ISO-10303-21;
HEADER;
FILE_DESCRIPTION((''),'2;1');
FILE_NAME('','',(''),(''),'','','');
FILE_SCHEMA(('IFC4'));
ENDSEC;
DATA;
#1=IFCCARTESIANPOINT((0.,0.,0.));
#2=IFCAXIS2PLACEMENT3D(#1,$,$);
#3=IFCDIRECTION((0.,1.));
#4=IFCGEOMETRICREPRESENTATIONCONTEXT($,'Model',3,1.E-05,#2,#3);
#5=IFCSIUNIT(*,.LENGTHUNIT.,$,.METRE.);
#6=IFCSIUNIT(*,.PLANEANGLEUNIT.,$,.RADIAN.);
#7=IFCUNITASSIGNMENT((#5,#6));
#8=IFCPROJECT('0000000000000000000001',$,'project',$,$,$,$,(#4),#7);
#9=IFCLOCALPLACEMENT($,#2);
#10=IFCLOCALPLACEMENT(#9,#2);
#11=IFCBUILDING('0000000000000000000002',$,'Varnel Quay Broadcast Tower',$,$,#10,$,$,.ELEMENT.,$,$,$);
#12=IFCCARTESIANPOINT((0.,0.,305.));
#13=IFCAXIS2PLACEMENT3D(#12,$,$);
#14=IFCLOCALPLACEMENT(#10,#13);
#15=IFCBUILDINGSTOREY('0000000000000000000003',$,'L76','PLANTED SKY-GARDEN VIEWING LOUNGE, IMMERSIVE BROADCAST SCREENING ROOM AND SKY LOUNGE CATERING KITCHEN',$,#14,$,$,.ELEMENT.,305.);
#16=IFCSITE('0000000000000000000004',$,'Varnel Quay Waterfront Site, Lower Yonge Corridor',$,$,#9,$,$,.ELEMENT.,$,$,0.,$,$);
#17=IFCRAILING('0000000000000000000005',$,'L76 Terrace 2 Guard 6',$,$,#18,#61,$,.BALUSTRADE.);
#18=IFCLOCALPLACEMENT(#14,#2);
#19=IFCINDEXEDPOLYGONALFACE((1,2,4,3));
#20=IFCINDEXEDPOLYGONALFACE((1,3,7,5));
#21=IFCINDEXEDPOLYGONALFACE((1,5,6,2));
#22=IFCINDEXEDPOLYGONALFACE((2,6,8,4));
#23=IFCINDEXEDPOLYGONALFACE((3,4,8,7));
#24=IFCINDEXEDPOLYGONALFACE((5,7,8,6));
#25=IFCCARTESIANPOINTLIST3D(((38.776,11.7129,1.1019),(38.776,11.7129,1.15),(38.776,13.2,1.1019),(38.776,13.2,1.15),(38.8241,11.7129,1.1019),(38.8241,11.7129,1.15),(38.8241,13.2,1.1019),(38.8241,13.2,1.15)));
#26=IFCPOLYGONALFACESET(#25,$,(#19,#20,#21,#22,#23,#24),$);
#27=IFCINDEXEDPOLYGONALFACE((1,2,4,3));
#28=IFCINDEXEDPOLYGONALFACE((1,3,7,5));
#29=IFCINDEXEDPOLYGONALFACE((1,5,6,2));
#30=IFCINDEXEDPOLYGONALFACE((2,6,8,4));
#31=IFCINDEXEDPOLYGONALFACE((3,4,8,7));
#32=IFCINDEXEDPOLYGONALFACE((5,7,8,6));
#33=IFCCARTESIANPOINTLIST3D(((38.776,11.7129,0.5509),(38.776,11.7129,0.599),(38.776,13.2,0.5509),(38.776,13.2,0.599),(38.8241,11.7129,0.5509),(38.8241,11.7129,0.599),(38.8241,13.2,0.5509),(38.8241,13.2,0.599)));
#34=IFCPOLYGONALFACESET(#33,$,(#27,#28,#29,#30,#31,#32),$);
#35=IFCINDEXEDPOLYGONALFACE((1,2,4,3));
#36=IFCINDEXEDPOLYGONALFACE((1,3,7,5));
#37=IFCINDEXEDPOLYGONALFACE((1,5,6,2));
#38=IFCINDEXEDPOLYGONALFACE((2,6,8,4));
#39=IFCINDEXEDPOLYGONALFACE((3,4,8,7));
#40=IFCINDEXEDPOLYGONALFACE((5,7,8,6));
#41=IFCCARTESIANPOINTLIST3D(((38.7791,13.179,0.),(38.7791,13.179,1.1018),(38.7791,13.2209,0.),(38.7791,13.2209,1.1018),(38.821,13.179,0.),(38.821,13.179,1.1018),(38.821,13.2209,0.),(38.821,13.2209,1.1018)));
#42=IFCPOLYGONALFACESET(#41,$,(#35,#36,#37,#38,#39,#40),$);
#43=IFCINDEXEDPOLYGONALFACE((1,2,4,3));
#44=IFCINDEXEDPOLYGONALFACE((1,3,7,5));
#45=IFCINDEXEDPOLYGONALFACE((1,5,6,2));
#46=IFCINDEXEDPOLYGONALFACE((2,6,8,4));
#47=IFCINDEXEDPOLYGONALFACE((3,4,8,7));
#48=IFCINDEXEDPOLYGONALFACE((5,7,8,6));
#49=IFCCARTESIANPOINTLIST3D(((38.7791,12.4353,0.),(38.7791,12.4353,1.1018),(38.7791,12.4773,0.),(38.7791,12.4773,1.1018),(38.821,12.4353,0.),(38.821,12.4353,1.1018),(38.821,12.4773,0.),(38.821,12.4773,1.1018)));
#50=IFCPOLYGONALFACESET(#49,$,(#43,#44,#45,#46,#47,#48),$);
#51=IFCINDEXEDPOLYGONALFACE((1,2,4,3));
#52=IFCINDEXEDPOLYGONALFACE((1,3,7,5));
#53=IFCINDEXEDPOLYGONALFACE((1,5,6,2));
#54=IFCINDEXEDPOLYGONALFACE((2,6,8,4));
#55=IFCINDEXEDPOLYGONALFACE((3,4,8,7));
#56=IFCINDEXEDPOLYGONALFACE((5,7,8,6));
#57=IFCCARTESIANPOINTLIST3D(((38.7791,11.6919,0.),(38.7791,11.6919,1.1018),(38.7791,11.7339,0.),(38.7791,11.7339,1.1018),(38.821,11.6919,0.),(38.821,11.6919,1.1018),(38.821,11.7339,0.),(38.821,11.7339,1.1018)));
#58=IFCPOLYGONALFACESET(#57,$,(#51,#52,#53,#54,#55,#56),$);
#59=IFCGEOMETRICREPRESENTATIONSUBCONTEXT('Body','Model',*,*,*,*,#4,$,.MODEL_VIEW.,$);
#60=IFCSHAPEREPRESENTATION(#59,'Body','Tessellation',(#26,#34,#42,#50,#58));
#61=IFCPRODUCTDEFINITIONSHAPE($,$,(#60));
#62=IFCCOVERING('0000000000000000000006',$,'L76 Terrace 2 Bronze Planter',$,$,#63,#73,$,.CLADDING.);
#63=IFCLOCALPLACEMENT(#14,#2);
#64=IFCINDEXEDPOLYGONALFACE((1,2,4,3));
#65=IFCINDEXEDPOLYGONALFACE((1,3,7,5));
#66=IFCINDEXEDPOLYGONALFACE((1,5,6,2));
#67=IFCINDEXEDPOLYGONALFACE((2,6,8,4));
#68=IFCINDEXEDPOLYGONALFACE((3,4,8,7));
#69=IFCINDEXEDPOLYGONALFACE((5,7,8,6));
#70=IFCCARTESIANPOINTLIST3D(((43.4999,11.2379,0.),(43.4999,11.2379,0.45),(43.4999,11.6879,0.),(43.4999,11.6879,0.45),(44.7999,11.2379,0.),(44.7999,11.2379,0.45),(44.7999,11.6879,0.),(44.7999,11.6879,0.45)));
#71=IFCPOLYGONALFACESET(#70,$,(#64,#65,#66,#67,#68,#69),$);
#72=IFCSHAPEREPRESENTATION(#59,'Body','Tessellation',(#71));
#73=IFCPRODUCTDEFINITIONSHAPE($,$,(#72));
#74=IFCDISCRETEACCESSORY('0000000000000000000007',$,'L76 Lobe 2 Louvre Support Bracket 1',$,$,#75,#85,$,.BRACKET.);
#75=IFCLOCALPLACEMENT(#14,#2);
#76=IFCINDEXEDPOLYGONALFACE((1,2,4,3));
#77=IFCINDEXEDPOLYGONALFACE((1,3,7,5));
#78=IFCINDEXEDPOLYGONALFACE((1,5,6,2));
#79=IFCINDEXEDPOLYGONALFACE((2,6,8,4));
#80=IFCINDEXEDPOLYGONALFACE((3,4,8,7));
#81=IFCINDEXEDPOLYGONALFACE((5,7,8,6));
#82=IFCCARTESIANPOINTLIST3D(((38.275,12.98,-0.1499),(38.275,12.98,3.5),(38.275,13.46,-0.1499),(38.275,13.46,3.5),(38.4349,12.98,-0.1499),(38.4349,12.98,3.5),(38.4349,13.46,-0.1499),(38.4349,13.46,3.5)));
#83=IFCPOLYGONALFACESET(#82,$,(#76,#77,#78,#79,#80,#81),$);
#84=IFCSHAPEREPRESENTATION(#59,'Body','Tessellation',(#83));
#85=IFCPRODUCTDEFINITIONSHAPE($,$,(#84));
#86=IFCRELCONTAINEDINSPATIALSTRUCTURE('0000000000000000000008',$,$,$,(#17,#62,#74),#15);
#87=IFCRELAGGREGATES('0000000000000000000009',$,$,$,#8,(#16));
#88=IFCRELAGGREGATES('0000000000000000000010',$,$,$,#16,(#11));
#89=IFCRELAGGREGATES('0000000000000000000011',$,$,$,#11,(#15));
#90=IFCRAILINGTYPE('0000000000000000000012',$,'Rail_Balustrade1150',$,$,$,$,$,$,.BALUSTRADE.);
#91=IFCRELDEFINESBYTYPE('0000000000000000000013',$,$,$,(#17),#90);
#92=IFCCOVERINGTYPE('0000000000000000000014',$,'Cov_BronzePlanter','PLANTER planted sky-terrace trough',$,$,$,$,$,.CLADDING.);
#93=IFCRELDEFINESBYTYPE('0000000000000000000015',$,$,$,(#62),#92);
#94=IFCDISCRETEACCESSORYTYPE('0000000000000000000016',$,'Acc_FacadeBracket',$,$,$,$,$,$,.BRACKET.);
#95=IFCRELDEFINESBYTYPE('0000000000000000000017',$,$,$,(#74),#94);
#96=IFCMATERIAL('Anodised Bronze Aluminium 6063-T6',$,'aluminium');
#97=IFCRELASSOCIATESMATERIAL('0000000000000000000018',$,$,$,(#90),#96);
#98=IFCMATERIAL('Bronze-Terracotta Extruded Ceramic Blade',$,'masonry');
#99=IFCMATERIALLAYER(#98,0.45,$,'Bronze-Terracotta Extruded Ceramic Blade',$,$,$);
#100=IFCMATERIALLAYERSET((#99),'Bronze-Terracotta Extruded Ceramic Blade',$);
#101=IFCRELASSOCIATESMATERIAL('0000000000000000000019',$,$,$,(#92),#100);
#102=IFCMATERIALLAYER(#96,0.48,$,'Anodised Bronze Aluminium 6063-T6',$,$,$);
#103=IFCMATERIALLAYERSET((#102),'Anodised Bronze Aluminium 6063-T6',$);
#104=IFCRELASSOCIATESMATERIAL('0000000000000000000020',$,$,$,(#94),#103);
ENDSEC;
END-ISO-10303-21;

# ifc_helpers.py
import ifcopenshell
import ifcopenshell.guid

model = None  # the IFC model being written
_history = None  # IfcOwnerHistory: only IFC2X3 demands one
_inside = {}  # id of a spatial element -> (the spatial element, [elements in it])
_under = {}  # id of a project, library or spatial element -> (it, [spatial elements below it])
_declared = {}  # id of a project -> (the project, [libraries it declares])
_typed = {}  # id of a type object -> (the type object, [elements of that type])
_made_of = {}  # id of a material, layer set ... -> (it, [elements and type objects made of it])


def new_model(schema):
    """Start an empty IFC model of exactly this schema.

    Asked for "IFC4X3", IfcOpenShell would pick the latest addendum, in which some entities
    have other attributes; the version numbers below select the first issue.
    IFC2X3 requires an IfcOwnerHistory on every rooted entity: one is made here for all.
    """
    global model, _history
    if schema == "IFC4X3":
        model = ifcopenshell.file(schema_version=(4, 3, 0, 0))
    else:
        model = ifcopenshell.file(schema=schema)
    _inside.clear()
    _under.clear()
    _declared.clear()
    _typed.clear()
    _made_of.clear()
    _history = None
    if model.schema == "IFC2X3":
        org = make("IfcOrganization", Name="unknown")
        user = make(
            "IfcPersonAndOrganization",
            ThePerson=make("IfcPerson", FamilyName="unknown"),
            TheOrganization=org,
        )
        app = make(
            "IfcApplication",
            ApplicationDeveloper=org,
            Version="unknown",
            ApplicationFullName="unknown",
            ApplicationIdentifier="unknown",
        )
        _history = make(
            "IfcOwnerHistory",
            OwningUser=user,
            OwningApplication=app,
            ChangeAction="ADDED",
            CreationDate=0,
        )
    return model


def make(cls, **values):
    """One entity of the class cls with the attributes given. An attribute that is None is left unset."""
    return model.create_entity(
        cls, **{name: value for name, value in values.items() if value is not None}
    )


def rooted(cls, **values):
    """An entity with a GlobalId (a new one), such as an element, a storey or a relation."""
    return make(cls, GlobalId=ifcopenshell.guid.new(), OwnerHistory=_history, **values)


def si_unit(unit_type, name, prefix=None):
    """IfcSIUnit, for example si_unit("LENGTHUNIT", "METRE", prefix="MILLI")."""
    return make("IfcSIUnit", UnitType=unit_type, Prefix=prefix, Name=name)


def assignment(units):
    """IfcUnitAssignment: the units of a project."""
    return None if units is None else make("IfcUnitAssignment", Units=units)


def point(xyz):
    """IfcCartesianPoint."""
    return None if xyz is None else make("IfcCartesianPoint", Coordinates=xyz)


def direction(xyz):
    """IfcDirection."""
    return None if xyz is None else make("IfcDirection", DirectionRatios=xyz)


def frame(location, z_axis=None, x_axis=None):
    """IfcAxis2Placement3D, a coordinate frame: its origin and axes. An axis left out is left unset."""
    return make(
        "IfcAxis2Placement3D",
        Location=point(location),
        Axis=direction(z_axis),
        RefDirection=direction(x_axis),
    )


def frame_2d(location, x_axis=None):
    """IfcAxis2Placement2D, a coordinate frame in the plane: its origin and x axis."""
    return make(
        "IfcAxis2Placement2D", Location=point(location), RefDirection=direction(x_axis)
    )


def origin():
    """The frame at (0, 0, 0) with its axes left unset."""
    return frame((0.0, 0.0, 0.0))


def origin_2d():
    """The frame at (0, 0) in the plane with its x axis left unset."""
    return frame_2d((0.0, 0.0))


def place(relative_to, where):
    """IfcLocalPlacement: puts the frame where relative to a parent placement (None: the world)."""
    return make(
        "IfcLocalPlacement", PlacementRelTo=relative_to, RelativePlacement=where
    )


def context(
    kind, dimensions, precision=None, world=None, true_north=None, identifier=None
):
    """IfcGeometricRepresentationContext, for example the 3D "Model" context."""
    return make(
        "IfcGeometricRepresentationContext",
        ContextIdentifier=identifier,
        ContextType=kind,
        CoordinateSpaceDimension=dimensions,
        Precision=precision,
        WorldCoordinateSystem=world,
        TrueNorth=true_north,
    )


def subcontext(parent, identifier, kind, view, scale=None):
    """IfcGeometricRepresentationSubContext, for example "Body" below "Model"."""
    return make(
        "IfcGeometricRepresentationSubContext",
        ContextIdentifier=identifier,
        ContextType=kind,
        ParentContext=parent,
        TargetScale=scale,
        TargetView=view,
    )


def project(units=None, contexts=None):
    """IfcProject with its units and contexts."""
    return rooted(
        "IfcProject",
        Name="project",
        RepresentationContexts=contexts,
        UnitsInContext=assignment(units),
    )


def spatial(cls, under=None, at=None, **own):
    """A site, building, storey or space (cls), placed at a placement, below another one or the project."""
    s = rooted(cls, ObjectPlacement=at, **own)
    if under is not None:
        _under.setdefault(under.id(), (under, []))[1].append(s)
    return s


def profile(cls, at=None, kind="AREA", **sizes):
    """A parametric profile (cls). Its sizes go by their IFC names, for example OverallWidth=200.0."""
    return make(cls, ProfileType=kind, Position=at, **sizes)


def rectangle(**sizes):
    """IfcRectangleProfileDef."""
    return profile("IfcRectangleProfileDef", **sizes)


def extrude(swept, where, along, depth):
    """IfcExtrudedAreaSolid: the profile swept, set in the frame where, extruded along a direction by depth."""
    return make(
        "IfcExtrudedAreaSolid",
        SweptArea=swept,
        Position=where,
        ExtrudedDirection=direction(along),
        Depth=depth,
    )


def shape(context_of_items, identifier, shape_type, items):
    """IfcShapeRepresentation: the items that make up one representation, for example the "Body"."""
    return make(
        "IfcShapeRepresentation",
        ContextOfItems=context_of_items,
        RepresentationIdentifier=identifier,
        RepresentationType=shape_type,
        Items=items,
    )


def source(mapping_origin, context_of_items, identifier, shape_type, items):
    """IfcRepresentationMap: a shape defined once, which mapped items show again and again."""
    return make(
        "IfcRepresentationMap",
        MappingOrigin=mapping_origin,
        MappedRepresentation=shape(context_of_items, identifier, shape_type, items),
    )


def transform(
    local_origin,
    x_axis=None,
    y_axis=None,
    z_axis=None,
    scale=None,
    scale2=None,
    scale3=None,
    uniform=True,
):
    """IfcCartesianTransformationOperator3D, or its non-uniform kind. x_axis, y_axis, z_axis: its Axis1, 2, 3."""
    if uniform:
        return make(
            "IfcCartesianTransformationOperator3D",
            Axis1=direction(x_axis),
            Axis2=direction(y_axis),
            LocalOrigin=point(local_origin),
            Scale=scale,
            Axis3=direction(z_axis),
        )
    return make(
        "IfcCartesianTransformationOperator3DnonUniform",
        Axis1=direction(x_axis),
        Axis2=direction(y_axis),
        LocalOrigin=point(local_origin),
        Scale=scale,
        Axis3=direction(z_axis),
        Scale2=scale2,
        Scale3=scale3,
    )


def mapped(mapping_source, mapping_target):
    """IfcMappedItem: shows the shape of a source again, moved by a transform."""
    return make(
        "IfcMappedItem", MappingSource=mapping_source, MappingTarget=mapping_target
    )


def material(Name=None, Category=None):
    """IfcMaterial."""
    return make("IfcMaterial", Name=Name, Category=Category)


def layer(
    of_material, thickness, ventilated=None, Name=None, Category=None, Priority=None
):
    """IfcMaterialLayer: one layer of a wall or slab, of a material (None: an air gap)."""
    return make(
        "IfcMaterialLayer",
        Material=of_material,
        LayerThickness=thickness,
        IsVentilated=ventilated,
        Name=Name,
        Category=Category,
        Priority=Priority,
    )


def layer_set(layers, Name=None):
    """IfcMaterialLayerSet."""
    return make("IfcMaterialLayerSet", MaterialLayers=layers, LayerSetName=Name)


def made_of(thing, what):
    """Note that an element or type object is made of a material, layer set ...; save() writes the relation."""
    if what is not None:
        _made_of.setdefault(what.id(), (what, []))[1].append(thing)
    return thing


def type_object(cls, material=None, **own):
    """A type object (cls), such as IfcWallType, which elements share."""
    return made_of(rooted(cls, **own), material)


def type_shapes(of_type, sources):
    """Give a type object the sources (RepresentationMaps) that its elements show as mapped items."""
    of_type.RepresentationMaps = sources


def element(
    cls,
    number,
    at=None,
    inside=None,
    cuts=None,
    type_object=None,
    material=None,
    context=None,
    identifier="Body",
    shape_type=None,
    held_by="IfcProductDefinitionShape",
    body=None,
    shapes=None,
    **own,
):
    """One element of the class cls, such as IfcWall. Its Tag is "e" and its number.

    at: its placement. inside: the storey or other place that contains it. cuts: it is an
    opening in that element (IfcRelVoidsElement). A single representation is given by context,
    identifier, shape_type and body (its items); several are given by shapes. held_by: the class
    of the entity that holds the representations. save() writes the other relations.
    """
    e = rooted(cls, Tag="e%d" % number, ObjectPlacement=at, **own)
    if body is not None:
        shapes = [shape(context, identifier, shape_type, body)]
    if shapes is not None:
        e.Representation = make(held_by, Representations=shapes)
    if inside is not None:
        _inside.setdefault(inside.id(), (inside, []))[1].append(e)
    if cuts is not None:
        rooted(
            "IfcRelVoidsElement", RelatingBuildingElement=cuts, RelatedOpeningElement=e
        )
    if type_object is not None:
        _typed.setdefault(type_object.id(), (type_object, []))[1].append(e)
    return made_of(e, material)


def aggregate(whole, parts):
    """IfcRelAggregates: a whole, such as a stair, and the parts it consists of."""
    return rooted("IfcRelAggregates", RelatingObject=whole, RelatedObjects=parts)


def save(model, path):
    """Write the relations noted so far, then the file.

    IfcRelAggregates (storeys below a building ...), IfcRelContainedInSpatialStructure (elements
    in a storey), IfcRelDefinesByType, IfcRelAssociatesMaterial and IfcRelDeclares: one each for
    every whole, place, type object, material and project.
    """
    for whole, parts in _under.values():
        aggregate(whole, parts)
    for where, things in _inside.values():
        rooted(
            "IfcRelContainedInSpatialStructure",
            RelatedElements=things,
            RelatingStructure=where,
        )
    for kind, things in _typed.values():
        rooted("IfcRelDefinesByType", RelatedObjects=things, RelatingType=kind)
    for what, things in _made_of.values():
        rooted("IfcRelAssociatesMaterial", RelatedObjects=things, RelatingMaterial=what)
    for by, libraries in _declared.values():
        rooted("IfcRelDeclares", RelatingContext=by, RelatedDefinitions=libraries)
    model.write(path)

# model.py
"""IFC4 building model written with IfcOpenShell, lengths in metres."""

from ifc_helpers import new_model, si_unit, direction, frame, origin, origin_2d, place, context, subcontext, project, spatial, rectangle, extrude, source, transform, mapped, material, layer, layer_set, type_object, type_shapes, element, save


model = new_model("IFC4")

# Units and contexts
model_context = context("Model", 3, precision=1e-05, world=origin(), true_north=direction((0.0, 1.0)))
body_context = subcontext(model_context, "Body", "Model", "MODEL_VIEW")
ifc_project = project(units=[si_unit("LENGTHUNIT", "METRE"), si_unit("PLANEANGLEUNIT", "RADIAN")], contexts=[model_context])

# Site, building, storey
site_placement = place(None, origin())
site = spatial("IfcSite", under=ifc_project, at=site_placement, Name="Varnel Quay Waterfront Site, Lower Yonge Corridor", CompositionType="ELEMENT", RefElevation=0.0)
building_placement = place(site_placement, origin())
building = spatial("IfcBuilding", under=site, at=building_placement, Name="Varnel Quay Broadcast Tower", CompositionType="ELEMENT")
storey_placement = place(building_placement, frame((0.0, 0.0, 305.0)))
storey = spatial("IfcBuildingStorey", under=building, at=storey_placement, Name="L76", Description="PLANTED SKY-GARDEN VIEWING LOUNGE, IMMERSIVE BROADCAST SCREENING ROOM AND SKY LOUNGE CATERING KITCHEN", CompositionType="ELEMENT", Elevation=305.0)

# Shared definitions
ifc_material_1 = material(Name="Anodised Bronze Aluminium 6063-T6", Category="aluminium")

# Railing
railing_type = type_object("IfcRailingType", Name="Rail_Balustrade1150", PredefinedType="BALUSTRADE", material=ifc_material_1)
railing_1_placement = place(storey_placement, frame((38.8, 13.2, 0.0)))
element("IfcRailing", 1, at=railing_1_placement, inside=storey, type_object=railing_type, Name="L76 Terrace 2 Guard 6", PredefinedType="BALUSTRADE", context=body_context, shape_type="SweptSolid", body=[
    extrude(rectangle(XDim=0.0481, YDim=0.0481, at=origin_2d()), frame((0.0, 0.0, 1.126), z_axis=(0.0, -1.0, 0.0), x_axis=(1.0, 0.0, 0.0)), (0.0, 0.0, 1.0), 1.4871),
    extrude(rectangle(XDim=0.0481, YDim=0.0481, at=origin_2d()), frame((0.0, 0.0, 0.575), z_axis=(0.0, -1.0, 0.0), x_axis=(1.0, 0.0, 0.0)), (0.0, 0.0, 1.0), 1.4871),
    extrude(rectangle(XDim=0.042, YDim=0.042, at=origin_2d()), origin(), (0.0, 0.0, 1.0), 1.1018),
    extrude(rectangle(XDim=0.042, YDim=0.042, at=origin_2d()), frame((0.0, -0.7437, 0.0)), (0.0, 0.0, 1.0), 1.1018),
    extrude(rectangle(XDim=0.042, YDim=0.042, at=origin_2d()), frame((0.0, -1.4871, 0.0)), (0.0, 0.0, 1.0), 1.1018),
])

# Covering
ifc_material_2 = material(Name="Bronze-Terracotta Extruded Ceramic Blade", Category="masonry")
ifc_layer_1 = layer(ifc_material_2, 0.45, Name="Bronze-Terracotta Extruded Ceramic Blade")
ifc_layer_set_1 = layer_set([ifc_layer_1], Name="Bronze-Terracotta Extruded Ceramic Blade")
covering_type = type_object("IfcCoveringType", Name="Cov_BronzePlanter", Description="PLANTER planted sky-terrace trough", PredefinedType="CLADDING", material=ifc_layer_set_1)
shared_shape_1 = source(origin(), body_context, "Body", "SweptSolid", [
    extrude(rectangle(XDim=1.3, YDim=0.45, at=origin_2d()), origin(), (0.0, 0.0, 1.0), 0.45),
])
type_shapes(covering_type, [shared_shape_1])
covering_placement = place(storey_placement, frame((44.1499, 11.4629, 0.0), z_axis=(0.0, 0.0, 1.0), x_axis=(1.0, 0.0, 0.0)))
element("IfcCovering", 2, at=covering_placement, inside=storey, type_object=covering_type, Name="L76 Terrace 2 Bronze Planter", PredefinedType="CLADDING", context=body_context, shape_type="MappedRepresentation", body=[
    mapped(shared_shape_1, transform((0.0, 0.0, 0.0), x_axis=(1.0, 0.0, 0.0), y_axis=(0.0, 1.0, 0.0), z_axis=(0.0, 0.0, 1.0), scale=1.0)),
])

# Discrete accessory
ifc_layer_2 = layer(ifc_material_1, 0.48, Name="Anodised Bronze Aluminium 6063-T6")
ifc_layer_set_2 = layer_set([ifc_layer_2], Name="Anodised Bronze Aluminium 6063-T6")
discrete_accessory_type = type_object("IfcDiscreteAccessoryType", Name="Acc_FacadeBracket", PredefinedType="BRACKET", material=ifc_layer_set_2)
shared_shape_2 = source(origin(), body_context, "Body", "SweptSolid", [
    extrude(rectangle(XDim=0.1599, YDim=0.48, at=origin_2d()), origin(), (0.0, 0.0, 1.0), 3.6499),
])
type_shapes(discrete_accessory_type, [shared_shape_2])
discrete_accessory_placement = place(storey_placement, frame((38.355, 13.22, -0.1499), z_axis=(0.0, 0.0, 1.0), x_axis=(1.0, 0.0, 0.0)))
element("IfcDiscreteAccessory", 3, at=discrete_accessory_placement, inside=storey, type_object=discrete_accessory_type, Name="L76 Lobe 2 Louvre Support Bracket 1", PredefinedType="BRACKET", context=body_context, shape_type="MappedRepresentation", body=[
    mapped(shared_shape_2, transform((0.0, 0.0, 0.0), x_axis=(1.0, 0.0, 0.0), y_axis=(0.0, 1.0, 0.0), z_axis=(0.0, 0.0, 1.0), scale=1.0)),
])

save(model, "model.ifc")
